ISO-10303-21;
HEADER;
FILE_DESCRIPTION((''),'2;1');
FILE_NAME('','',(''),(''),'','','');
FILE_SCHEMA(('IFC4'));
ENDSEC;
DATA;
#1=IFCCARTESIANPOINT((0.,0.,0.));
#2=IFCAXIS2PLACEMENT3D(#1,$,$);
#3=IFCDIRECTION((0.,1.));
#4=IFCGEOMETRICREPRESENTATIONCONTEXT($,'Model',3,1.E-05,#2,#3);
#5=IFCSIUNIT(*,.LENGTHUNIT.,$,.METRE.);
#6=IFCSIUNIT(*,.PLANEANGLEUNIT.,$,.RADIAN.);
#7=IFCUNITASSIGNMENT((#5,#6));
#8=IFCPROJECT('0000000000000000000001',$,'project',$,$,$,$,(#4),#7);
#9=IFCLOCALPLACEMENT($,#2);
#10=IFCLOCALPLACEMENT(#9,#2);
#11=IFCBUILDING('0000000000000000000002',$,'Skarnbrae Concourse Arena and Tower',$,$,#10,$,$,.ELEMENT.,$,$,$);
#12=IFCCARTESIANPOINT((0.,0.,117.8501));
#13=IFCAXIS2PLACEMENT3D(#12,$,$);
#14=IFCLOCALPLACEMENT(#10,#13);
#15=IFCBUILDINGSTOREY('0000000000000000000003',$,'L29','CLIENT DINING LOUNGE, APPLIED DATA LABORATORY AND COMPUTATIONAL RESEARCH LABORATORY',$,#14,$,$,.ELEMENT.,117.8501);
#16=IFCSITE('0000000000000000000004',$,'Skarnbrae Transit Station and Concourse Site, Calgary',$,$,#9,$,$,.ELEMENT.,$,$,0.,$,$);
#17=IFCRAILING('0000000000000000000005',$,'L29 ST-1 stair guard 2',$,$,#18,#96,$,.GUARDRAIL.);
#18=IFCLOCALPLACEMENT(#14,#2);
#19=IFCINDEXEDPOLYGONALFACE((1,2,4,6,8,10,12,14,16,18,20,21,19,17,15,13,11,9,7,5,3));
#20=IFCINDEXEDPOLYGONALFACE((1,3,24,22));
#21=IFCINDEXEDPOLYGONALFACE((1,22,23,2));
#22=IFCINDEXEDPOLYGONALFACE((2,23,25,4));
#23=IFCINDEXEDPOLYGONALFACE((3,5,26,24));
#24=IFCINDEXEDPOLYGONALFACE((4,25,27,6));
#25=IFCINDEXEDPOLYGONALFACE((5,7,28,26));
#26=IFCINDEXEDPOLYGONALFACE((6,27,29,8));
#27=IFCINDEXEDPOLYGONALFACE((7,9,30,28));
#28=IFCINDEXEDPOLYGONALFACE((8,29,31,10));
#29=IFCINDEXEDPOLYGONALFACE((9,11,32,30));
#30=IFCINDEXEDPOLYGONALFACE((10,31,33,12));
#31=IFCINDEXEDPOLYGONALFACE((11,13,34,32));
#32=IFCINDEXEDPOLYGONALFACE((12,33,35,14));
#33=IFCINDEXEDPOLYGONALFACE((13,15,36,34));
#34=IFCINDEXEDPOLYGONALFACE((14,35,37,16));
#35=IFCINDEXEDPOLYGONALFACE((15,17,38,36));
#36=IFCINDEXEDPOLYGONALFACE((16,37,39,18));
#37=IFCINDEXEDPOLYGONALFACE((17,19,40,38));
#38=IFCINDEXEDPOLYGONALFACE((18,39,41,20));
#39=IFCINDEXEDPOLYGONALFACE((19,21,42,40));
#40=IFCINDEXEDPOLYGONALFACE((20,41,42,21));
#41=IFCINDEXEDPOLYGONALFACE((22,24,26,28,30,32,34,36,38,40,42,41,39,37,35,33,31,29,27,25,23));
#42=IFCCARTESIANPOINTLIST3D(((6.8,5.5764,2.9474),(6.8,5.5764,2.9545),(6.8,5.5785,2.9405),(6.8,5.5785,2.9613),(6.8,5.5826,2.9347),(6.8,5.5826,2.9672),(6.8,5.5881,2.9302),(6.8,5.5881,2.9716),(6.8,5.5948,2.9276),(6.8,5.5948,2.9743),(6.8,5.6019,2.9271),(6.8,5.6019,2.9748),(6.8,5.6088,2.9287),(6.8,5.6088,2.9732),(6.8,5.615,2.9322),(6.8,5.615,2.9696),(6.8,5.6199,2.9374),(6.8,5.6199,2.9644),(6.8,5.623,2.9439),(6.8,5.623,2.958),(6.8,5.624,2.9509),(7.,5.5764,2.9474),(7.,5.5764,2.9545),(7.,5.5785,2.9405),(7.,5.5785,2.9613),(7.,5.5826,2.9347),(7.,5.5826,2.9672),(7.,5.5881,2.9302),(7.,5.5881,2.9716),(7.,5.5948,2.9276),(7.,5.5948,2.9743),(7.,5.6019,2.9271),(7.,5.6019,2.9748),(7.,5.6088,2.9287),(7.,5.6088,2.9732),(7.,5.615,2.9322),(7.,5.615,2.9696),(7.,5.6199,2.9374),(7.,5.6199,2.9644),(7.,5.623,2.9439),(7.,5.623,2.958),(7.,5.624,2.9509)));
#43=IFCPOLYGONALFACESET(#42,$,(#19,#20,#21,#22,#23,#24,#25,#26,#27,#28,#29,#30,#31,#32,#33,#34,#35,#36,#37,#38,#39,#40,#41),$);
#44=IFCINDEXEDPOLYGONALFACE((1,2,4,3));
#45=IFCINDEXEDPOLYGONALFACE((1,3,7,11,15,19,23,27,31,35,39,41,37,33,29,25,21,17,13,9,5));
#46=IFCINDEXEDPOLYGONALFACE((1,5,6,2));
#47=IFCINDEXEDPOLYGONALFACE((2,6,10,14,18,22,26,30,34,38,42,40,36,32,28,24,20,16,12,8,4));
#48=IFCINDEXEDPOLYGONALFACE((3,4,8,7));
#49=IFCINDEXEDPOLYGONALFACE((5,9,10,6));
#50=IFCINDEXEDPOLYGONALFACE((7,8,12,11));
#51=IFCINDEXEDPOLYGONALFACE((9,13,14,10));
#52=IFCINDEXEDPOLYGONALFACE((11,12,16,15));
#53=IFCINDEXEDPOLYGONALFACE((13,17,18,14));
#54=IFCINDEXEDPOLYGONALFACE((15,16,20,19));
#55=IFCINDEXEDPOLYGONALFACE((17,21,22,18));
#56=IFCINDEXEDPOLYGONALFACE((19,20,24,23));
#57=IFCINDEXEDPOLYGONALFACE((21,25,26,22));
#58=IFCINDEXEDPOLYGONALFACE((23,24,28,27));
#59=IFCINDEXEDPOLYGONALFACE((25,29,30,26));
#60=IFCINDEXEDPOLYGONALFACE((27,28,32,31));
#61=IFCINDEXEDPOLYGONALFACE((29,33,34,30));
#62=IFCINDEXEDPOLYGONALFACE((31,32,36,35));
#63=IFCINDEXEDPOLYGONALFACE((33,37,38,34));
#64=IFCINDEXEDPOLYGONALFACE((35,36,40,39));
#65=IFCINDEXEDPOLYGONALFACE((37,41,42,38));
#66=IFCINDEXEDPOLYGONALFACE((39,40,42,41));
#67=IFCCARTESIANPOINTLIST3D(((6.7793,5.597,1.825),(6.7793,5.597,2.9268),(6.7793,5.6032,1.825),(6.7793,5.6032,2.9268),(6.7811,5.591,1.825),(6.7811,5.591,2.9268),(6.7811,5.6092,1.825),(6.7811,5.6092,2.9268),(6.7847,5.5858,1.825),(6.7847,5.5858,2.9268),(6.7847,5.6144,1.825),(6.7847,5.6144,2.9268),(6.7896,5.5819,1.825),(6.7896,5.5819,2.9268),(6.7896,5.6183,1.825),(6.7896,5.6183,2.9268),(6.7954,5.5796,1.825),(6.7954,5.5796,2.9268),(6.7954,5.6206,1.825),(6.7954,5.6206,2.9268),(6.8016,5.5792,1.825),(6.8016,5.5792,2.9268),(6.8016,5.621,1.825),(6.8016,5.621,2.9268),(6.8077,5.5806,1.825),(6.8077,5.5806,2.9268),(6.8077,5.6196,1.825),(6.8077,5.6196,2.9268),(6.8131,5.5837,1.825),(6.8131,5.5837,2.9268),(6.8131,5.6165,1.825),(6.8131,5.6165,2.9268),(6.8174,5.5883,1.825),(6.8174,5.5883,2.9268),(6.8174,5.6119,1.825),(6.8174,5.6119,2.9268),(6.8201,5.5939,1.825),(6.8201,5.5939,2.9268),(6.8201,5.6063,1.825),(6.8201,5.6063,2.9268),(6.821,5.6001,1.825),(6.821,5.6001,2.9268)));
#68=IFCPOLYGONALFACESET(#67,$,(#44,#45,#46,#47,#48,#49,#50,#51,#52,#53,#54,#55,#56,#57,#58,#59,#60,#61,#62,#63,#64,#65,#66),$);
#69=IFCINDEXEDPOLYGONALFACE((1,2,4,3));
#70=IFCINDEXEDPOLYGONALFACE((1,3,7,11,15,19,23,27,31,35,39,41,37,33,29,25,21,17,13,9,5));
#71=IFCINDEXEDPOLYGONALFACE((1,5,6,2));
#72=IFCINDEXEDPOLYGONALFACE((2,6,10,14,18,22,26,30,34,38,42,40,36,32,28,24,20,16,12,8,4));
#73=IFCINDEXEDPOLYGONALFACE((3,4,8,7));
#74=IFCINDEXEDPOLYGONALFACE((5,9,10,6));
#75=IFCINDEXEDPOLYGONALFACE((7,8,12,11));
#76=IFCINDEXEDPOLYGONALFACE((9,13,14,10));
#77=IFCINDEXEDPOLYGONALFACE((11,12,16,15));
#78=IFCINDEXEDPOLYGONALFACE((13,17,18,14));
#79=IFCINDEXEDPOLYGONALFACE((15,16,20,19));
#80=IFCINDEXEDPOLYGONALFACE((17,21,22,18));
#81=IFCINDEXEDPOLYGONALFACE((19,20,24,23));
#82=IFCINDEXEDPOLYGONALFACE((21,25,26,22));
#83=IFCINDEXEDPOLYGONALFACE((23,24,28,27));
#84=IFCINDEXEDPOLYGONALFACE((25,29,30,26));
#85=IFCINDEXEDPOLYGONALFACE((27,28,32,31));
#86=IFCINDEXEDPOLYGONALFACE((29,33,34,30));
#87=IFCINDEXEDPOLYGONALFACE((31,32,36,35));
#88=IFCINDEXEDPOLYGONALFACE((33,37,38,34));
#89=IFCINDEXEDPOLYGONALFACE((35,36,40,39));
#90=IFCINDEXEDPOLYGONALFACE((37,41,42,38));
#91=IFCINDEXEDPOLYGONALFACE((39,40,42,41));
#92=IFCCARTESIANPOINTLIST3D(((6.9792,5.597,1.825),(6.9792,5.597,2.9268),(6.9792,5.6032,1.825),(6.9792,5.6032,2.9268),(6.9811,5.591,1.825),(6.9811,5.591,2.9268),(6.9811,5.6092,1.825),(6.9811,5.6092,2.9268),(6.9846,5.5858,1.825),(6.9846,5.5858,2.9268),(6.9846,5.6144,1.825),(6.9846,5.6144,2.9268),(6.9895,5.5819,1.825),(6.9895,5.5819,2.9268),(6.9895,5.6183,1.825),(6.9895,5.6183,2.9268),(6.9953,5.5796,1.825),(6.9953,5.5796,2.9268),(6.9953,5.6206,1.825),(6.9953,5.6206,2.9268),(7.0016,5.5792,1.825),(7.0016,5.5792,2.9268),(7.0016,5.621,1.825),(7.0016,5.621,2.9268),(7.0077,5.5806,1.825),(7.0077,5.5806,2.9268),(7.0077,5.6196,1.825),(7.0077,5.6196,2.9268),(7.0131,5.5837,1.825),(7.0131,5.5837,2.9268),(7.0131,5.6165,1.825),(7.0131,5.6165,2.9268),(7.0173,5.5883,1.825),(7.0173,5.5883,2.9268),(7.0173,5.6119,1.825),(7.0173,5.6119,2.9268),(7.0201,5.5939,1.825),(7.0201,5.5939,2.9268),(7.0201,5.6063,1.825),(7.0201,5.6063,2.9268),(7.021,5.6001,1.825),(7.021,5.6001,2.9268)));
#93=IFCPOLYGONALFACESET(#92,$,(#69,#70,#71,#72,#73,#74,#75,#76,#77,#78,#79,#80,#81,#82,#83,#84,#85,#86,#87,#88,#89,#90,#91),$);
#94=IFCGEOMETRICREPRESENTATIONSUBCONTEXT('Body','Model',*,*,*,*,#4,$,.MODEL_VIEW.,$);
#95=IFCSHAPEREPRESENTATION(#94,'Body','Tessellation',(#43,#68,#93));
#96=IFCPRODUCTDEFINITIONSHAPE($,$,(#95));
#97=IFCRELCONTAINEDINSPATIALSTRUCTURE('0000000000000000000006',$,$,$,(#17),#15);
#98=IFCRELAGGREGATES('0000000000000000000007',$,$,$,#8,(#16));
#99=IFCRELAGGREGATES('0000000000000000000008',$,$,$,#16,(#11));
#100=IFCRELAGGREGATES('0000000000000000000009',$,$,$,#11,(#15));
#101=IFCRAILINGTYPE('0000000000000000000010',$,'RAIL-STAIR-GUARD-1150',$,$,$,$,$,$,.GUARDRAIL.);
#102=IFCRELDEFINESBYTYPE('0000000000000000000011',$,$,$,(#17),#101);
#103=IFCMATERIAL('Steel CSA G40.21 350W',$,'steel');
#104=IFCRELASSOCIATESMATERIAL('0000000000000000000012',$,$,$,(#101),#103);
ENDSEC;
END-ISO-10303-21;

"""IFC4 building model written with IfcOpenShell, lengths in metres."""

from ifc_helpers import new_model, si_unit, direction, frame, origin, origin_2d, place, context, subcontext, project, spatial, circle, extrude, material, type_object, element, save


model = new_model("IFC4")

# Units and contexts
model_context = context("Model", 3, precision=1e-05, world=origin(), true_north=direction((0.0, 1.0)))
body_context = subcontext(model_context, "Body", "Model", "MODEL_VIEW")
ifc_project = project(units=[si_unit("LENGTHUNIT", "METRE"), si_unit("PLANEANGLEUNIT", "RADIAN")], contexts=[model_context])

# Site, building, storey
site_placement = place(None, origin())
site = spatial("IfcSite", under=ifc_project, at=site_placement, Name="Skarnbrae Transit Station and Concourse Site, Calgary", CompositionType="ELEMENT", RefElevation=0.0)
building_placement = place(site_placement, origin())
building = spatial("IfcBuilding", under=site, at=building_placement, Name="Skarnbrae Concourse Arena and Tower", CompositionType="ELEMENT")
storey_placement = place(building_placement, frame((0.0, 0.0, 117.8501)))
storey = spatial("IfcBuildingStorey", under=building, at=storey_placement, Name="L29", Description="CLIENT DINING LOUNGE, APPLIED DATA LABORATORY AND COMPUTATIONAL RESEARCH LABORATORY", CompositionType="ELEMENT", Elevation=117.8501)

# Shared definitions
ifc_material_1 = material(Name="Steel CSA G40.21 350W", Category="steel")

# Railing
railing_type_1 = type_object("IfcRailingType", Name="RAIL-STAIR-GUARD-1150", PredefinedType="GUARDRAIL", material=ifc_material_1)
railing_1_placement = place(storey_placement, frame((6.8, 5.6001, 1.825)))
element("IfcRailing", 1, at=railing_1_placement, inside=storey, type_object=railing_type_1, Name="L29 ST-1 stair guard 2", PredefinedType="GUARDRAIL", context=body_context, shape_type="SweptSolid", body=[
    extrude(circle(Radius=0.0239, at=origin_2d()), frame((0.0, 0.0, 1.126), z_axis=(1.0, 0.0, 0.0), x_axis=(0.0, 1.0, 0.0)), (0.0, 0.0, 1.0), 0.2),
    extrude(circle(Radius=0.021, at=origin_2d()), origin(), (0.0, 0.0, 1.0), 1.1018),
    extrude(circle(Radius=0.021, at=origin_2d()), frame((0.2, 0.0, 0.0)), (0.0, 0.0, 1.0), 1.1018),
])

save(model, "model.ifc")
